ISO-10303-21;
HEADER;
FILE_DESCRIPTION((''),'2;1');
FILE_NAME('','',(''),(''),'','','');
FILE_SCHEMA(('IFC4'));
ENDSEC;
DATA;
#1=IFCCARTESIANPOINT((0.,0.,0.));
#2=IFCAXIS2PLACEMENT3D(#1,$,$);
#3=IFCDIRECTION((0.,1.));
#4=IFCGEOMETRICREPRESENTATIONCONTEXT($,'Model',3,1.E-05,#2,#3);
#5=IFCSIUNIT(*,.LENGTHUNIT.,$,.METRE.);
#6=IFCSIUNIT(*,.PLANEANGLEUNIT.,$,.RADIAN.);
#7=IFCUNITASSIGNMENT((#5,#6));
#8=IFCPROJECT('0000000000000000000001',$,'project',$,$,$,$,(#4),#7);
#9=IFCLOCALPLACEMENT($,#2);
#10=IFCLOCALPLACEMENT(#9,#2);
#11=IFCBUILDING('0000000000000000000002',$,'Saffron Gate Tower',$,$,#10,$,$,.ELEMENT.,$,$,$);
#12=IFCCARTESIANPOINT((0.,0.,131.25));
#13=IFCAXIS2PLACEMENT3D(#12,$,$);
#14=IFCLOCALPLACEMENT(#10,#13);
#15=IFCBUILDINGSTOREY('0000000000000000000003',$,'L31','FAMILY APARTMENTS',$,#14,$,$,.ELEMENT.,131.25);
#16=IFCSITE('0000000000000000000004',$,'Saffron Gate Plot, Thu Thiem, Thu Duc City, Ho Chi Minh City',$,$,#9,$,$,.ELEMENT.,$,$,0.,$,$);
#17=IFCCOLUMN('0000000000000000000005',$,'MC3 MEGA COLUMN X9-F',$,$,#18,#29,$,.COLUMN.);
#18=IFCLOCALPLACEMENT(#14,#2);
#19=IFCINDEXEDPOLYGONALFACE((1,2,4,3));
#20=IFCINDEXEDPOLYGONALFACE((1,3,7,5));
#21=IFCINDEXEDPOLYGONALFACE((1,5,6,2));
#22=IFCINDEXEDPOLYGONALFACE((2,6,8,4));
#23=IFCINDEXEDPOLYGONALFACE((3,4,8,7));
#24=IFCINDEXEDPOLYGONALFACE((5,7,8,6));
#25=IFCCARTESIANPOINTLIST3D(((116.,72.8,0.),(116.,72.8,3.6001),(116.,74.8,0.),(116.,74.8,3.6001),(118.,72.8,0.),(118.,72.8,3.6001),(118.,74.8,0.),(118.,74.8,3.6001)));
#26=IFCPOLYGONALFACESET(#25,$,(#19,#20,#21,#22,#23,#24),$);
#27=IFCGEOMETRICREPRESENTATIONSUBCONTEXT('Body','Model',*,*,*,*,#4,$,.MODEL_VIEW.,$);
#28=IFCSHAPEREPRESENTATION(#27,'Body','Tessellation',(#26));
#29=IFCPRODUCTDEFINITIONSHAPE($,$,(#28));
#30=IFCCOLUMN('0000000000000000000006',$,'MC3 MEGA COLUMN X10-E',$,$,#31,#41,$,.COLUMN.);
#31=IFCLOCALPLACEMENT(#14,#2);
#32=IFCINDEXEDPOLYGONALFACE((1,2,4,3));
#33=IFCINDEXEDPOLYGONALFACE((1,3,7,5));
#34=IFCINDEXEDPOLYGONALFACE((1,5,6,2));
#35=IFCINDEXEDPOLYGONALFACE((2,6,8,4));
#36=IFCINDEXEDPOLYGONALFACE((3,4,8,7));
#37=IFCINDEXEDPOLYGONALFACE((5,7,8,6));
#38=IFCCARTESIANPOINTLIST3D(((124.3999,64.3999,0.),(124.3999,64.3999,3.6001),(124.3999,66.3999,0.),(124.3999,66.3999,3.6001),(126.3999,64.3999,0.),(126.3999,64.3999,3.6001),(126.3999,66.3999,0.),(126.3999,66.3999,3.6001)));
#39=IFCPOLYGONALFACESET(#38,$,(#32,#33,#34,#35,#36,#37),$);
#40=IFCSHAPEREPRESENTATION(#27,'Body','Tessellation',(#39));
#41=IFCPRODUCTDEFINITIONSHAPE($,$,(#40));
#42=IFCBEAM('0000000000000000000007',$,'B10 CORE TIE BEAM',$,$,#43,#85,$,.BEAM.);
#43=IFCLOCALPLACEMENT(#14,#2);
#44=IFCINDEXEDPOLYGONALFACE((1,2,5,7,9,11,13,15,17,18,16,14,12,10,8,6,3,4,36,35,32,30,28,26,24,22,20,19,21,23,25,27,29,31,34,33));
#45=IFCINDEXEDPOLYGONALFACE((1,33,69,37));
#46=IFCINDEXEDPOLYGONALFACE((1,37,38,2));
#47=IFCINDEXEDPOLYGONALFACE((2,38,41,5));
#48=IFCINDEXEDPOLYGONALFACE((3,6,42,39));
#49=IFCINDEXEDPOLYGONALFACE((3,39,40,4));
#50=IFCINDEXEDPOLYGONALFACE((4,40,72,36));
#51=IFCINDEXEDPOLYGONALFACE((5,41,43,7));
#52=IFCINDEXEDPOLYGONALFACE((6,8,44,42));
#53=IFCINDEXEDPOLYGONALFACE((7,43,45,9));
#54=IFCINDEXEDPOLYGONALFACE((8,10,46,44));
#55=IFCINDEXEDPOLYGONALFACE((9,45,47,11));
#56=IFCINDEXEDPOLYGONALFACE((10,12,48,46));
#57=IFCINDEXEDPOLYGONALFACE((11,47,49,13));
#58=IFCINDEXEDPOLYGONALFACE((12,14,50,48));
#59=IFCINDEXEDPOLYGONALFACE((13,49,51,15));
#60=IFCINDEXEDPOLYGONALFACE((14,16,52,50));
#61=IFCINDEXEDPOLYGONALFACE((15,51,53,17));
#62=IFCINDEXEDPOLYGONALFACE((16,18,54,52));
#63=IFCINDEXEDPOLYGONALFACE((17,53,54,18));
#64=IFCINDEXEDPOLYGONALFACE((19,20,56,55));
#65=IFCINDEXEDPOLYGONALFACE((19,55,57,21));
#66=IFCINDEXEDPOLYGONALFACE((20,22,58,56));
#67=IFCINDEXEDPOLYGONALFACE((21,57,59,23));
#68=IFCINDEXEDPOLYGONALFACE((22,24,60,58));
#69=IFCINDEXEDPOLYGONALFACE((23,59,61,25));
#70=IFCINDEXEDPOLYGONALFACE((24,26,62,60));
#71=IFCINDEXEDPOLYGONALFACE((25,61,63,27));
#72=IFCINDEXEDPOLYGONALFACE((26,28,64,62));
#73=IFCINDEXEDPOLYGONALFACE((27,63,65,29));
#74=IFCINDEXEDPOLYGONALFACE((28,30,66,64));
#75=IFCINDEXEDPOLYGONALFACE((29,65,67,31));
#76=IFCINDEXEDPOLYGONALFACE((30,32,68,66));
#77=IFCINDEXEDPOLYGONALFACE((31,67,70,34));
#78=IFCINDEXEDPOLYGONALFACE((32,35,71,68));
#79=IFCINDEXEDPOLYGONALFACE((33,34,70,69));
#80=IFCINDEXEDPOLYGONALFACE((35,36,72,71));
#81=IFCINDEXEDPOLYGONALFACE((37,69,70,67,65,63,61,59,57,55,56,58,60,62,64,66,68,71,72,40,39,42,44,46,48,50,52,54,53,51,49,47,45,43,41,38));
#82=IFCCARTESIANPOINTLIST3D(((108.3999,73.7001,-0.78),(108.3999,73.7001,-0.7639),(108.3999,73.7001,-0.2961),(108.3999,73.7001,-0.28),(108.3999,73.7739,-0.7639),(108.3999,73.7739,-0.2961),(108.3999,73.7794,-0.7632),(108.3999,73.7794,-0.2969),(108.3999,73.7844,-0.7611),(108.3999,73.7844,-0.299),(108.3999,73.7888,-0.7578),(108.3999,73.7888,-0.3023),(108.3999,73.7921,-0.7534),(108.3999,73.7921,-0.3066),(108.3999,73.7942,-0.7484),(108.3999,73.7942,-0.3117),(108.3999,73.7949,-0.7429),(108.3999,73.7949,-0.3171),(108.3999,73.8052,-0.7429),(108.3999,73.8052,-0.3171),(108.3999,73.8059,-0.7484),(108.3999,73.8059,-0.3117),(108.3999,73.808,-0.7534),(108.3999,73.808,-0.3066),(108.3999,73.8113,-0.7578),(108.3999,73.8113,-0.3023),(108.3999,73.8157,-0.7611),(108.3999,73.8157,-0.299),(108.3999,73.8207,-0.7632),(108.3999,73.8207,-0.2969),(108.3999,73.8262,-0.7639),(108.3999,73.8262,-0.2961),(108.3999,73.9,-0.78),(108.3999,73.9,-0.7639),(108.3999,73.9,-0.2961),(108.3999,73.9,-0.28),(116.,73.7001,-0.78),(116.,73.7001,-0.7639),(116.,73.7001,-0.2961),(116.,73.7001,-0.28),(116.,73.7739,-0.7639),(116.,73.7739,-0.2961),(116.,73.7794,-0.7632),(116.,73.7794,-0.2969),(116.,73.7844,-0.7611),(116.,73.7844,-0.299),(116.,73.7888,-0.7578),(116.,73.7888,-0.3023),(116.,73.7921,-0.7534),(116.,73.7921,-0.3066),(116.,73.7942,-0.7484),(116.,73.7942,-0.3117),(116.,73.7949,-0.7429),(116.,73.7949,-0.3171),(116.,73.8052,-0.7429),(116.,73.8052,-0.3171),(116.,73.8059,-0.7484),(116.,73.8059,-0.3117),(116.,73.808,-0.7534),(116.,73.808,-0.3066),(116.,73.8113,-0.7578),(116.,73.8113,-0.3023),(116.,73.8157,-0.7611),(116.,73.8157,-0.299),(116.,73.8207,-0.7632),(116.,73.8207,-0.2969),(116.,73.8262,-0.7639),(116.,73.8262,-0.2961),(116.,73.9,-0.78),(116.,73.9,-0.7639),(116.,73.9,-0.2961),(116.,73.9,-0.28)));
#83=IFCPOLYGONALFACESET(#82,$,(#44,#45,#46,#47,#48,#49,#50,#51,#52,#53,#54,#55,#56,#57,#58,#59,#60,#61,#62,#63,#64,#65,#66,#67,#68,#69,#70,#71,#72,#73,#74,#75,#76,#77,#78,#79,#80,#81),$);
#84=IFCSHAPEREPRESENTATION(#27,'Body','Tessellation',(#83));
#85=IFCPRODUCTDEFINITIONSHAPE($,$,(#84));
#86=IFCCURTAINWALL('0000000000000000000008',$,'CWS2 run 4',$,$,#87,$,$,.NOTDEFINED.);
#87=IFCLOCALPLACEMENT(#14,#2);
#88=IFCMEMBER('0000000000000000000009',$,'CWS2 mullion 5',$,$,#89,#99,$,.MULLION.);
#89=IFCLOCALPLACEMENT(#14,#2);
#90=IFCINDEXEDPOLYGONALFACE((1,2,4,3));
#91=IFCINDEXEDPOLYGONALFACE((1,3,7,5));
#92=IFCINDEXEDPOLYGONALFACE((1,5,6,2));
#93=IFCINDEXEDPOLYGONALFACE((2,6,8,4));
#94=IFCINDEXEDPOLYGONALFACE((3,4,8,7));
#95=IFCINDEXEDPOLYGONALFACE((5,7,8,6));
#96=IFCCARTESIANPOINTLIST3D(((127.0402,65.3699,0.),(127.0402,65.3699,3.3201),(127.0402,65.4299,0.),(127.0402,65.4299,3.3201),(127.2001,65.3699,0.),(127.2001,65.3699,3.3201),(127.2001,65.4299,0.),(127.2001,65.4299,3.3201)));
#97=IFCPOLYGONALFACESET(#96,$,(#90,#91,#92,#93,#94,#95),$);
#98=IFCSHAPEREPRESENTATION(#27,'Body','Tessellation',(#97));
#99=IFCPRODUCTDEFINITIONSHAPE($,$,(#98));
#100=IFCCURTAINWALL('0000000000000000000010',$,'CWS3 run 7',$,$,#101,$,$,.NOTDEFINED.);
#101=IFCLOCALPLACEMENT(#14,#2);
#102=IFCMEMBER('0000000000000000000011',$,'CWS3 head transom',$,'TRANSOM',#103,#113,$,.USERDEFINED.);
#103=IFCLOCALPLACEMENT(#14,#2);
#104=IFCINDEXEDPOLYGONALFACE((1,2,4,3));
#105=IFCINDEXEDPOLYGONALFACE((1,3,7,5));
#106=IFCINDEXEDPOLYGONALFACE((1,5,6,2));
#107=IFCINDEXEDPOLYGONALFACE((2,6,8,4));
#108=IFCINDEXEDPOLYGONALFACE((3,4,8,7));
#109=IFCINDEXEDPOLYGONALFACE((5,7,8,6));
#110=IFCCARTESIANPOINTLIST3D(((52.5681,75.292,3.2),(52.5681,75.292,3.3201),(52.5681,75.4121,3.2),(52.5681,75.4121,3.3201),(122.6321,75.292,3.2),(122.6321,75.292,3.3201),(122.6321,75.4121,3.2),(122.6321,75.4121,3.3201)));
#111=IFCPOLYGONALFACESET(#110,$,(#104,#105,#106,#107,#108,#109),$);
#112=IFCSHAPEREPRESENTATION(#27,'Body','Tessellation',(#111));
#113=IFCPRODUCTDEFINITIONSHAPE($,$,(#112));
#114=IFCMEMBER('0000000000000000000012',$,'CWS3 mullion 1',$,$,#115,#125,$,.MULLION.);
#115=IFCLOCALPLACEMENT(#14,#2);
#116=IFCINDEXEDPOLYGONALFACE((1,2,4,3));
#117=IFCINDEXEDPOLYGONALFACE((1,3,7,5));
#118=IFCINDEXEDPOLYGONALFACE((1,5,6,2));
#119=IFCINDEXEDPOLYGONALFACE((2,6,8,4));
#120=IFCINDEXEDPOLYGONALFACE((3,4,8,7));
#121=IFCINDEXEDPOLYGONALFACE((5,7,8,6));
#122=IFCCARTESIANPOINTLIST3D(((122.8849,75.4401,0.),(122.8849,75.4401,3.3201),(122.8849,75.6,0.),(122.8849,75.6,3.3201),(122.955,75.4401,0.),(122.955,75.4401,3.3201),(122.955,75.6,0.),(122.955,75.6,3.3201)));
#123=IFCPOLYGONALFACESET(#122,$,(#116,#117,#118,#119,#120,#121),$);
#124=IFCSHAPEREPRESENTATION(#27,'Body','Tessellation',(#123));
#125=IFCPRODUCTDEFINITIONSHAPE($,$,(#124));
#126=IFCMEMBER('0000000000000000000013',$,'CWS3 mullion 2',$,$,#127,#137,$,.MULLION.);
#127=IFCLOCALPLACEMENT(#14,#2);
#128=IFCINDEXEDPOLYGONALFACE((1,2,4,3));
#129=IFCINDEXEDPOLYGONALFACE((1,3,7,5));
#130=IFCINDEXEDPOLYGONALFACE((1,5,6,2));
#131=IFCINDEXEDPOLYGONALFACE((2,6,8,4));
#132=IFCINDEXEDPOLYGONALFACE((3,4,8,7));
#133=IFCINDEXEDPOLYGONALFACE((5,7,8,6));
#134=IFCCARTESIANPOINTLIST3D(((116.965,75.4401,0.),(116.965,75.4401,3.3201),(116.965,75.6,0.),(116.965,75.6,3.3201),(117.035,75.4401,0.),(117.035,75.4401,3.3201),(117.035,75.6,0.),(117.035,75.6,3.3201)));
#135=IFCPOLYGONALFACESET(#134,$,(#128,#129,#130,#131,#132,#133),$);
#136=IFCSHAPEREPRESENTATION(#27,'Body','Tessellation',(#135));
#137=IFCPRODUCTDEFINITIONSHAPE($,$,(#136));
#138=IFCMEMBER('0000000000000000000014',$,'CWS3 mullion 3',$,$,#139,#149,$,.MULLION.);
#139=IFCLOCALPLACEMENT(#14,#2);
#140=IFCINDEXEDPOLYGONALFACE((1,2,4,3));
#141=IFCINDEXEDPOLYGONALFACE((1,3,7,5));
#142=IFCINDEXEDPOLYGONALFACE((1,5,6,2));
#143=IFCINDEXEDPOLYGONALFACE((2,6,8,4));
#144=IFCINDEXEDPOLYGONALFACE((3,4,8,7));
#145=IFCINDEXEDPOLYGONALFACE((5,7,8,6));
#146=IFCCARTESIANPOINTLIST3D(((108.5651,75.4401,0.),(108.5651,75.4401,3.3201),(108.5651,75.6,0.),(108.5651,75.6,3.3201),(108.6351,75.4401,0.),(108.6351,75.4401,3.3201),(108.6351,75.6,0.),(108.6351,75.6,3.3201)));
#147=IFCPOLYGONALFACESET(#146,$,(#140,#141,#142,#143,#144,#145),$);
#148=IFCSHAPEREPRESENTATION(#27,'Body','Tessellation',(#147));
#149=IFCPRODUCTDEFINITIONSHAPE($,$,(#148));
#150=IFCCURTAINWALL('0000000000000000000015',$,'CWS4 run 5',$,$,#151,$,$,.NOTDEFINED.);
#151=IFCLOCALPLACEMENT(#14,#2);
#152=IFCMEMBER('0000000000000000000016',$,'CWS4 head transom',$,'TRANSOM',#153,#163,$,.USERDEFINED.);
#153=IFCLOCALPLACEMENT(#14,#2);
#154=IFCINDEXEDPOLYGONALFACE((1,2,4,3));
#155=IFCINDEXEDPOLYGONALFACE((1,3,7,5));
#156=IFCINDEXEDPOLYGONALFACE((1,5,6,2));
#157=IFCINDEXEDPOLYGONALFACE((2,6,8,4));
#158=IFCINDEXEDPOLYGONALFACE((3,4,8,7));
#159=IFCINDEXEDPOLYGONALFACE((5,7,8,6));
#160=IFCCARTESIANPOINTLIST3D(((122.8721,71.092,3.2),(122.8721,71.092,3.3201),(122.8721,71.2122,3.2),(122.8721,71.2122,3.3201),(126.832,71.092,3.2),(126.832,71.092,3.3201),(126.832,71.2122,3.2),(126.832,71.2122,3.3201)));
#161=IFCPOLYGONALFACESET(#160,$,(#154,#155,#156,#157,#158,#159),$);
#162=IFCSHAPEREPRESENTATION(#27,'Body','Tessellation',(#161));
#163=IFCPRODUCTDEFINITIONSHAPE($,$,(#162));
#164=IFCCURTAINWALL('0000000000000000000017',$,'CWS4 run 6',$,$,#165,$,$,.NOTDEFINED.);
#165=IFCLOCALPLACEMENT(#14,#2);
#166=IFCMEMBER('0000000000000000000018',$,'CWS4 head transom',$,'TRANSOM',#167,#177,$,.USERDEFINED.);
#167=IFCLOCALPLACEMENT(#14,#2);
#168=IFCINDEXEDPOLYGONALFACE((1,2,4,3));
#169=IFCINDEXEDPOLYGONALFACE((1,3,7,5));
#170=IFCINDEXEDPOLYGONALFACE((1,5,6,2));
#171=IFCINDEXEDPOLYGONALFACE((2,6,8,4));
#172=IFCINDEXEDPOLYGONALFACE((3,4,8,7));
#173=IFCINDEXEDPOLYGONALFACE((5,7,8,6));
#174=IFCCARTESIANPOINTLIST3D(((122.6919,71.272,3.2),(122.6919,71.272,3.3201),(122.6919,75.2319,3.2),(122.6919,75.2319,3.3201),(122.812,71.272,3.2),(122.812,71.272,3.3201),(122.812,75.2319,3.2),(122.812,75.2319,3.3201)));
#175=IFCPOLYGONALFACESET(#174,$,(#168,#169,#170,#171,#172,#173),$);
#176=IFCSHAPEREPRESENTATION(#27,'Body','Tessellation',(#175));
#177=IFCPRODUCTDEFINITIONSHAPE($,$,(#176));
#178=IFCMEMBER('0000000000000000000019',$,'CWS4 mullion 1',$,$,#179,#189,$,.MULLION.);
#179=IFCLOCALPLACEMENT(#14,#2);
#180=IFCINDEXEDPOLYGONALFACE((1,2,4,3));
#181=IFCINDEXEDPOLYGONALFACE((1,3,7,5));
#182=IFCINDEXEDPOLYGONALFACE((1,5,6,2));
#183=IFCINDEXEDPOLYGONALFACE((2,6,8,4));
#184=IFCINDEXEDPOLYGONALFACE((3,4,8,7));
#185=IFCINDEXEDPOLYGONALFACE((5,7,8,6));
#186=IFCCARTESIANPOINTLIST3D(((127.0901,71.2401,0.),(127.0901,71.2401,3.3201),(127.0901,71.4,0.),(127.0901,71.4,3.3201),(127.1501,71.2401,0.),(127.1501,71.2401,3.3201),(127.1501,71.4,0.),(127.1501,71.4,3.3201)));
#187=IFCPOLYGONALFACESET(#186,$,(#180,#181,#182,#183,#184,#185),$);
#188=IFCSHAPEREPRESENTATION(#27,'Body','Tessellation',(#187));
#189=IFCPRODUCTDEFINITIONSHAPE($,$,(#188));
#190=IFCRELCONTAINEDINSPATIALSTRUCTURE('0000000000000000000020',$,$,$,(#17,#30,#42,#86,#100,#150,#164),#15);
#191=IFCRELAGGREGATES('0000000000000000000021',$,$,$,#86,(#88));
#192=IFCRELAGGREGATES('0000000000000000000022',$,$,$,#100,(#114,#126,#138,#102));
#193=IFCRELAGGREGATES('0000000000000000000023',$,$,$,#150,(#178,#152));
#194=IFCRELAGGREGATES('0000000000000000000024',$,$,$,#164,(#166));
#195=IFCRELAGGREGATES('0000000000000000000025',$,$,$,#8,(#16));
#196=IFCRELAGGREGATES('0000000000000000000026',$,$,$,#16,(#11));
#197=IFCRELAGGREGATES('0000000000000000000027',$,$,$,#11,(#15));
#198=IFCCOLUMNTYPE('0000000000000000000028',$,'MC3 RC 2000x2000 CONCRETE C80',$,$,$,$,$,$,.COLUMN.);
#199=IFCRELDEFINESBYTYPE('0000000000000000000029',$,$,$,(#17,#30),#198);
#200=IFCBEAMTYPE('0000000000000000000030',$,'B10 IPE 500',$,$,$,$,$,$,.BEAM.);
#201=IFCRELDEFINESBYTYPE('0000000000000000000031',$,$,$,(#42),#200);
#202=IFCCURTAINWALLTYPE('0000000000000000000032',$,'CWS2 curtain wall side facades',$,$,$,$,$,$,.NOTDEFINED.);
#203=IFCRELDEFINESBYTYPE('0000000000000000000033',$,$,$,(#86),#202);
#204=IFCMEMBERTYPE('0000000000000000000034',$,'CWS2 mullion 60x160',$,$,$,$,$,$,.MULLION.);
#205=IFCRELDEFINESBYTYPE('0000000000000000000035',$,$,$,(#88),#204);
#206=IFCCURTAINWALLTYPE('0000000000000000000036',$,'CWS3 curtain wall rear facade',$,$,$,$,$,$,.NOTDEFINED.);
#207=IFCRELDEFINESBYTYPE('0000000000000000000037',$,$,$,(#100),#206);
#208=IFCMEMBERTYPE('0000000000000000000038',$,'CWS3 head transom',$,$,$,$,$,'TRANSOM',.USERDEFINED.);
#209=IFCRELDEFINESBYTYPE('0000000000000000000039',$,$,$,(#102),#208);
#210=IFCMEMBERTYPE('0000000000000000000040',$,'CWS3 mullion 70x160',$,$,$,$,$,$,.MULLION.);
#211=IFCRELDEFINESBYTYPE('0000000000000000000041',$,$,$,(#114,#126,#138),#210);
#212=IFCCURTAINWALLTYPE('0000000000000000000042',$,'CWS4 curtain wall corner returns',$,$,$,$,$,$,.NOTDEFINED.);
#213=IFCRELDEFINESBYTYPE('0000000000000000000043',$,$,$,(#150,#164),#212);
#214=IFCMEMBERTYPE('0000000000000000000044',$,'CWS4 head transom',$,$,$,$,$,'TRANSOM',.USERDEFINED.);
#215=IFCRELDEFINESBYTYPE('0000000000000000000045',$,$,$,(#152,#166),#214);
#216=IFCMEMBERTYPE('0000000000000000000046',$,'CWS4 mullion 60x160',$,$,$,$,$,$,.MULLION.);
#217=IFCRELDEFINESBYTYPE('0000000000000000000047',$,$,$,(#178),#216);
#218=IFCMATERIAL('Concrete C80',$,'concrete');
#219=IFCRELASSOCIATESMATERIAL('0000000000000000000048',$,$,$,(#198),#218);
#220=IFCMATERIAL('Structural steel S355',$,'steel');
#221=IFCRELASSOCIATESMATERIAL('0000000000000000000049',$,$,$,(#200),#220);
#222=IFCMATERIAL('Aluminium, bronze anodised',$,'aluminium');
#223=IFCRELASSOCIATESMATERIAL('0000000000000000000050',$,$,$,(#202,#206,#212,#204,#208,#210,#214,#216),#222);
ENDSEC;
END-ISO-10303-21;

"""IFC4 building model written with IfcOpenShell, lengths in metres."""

from ifc_helpers import new_model, si_unit, direction, frame, origin, origin_2d, place, context, subcontext, project, spatial, rectangle, i_section, extrude, material, material_profile, profile_set, type_object, element, aggregate, save


model = new_model("IFC4")

# Units and contexts
model_context = context("Model", 3, precision=1e-05, world=origin(), true_north=direction((0.0, 1.0)))
body_context = subcontext(model_context, "Body", "Model", "MODEL_VIEW")
ifc_project = project(units=[si_unit("LENGTHUNIT", "METRE"), si_unit("PLANEANGLEUNIT", "RADIAN")], contexts=[model_context])

# Site, building, storey
site_placement = place(None, origin())
site = spatial("IfcSite", under=ifc_project, at=site_placement, Name="Saffron Gate Plot, Thu Thiem, Thu Duc City, Ho Chi Minh City", CompositionType="ELEMENT", RefElevation=0.0)
building_placement = place(site_placement, origin())
building = spatial("IfcBuilding", under=site, at=building_placement, Name="Saffron Gate Tower", CompositionType="ELEMENT")
storey_placement = place(building_placement, frame((0.0, 0.0, 131.25)))
storey = spatial("IfcBuildingStorey", under=building, at=storey_placement, Name="L31", Description="FAMILY APARTMENTS", CompositionType="ELEMENT", Elevation=131.25)

# Columns
ifc_material_1 = material(Name="Concrete C80", Category="concrete")
ifc_material_profile_1 = material_profile(ifc_material_1, rectangle(XDim=2.0, YDim=2.0, at=origin_2d()))
ifc_profile_set_1 = profile_set([ifc_material_profile_1], Name="Concrete C80")
column_type = type_object("IfcColumnType", Name="MC3 RC 2000x2000 CONCRETE C80", PredefinedType="COLUMN", material=ifc_profile_set_1)
for number, where, z_axis, x_axis, name in (
    (1, (117.0, 73.8, 0.0), (0.0, 0.0, 1.0), (1.0, 0.0, 0.0), "MC3 MEGA COLUMN X9-F"),
    (2, (125.3999, 65.3999, 0.0), (0.0, 0.0, 1.0), (1.0, 0.0, 0.0), "MC3 MEGA COLUMN X10-E"),
):
    element("IfcColumn", number, at=place(storey_placement, frame(where, z_axis=z_axis, x_axis=x_axis)), inside=storey, type_object=column_type, Name=name, PredefinedType="COLUMN", context=body_context, shape_type="SweptSolid", body=[
        extrude(rectangle(XDim=2.0, YDim=2.0, at=origin_2d()), origin(), (0.0, 0.0, 1.0), 3.6001),
    ])

# Beam
ifc_material_2 = material(Name="Structural steel S355", Category="steel")
ifc_material_profile_2 = material_profile(ifc_material_2, i_section(OverallWidth=0.2, OverallDepth=0.5, WebThickness=0.0103, FlangeThickness=0.0161, FilletRadius=0.021, at=origin_2d()))
ifc_profile_set_2 = profile_set([ifc_material_profile_2], Name="Structural steel S355")
beam_type = type_object("IfcBeamType", Name="B10 IPE 500", PredefinedType="BEAM", material=ifc_profile_set_2)
beam_placement = place(storey_placement, frame((116.0, 73.8, -0.53), z_axis=(-1.0, 0.0, 0.0), x_axis=(0.0, -1.0, 0.0)))
element("IfcBeam", 3, at=beam_placement, inside=storey, type_object=beam_type, Name="B10 CORE TIE BEAM", PredefinedType="BEAM", context=body_context, shape_type="SweptSolid", body=[
    extrude(i_section(OverallWidth=0.2, OverallDepth=0.5, WebThickness=0.0103, FlangeThickness=0.0161, FilletRadius=0.021, at=origin_2d()), origin(), (0.0, 0.0, 1.0), 7.6001),
])

# Curtain wall, member
ifc_material_3 = material(Name="Aluminium, bronze anodised", Category="aluminium")
curtain_wall_type_1 = type_object("IfcCurtainWallType", Name="CWS2 curtain wall side facades", PredefinedType="NOTDEFINED", material=ifc_material_3)
curtain_wall_1_placement = place(storey_placement, origin())
curtain_wall_1 = element("IfcCurtainWall", 4, at=curtain_wall_1_placement, inside=storey, type_object=curtain_wall_type_1, Name="CWS2 run 4", PredefinedType="NOTDEFINED")
ifc_material_profile_3 = material_profile(ifc_material_3, rectangle(XDim=0.1599, YDim=0.0601, at=origin_2d()))
ifc_profile_set_3 = profile_set([ifc_material_profile_3], Name="Aluminium, bronze anodised")
member_type_1 = type_object("IfcMemberType", Name="CWS2 mullion 60x160", PredefinedType="MULLION", material=ifc_profile_set_3)
member_1_placement = place(storey_placement, frame((127.1201, 65.3999, 0.0), z_axis=(0.0, 0.0, 1.0), x_axis=(-1.0, 0.0, 0.0)))
member_1 = element("IfcMember", 5, at=member_1_placement, type_object=member_type_1, Name="CWS2 mullion 5", PredefinedType="MULLION", context=body_context, shape_type="SweptSolid", body=[
    extrude(rectangle(XDim=0.1599, YDim=0.0601, at=origin_2d()), origin(), (0.0, 0.0, 1.0), 3.3201),
])
aggregate(curtain_wall_1, [member_1])

# Curtain wall, members
curtain_wall_type_2 = type_object("IfcCurtainWallType", Name="CWS3 curtain wall rear facade", PredefinedType="NOTDEFINED", material=ifc_material_3)
curtain_wall_2_placement = place(storey_placement, origin())
curtain_wall_2 = element("IfcCurtainWall", 6, at=curtain_wall_2_placement, inside=storey, type_object=curtain_wall_type_2, Name="CWS3 run 7", PredefinedType="NOTDEFINED")
ifc_material_profile_4 = material_profile(ifc_material_3, rectangle(XDim=0.1201, YDim=0.1201, at=origin_2d()))
ifc_profile_set_4 = profile_set([ifc_material_profile_4], Name="Aluminium, bronze anodised")
member_type_2 = type_object("IfcMemberType", Name="CWS3 head transom", ElementType="TRANSOM", PredefinedType="USERDEFINED", material=ifc_profile_set_4)
member_2_placement = place(storey_placement, frame((122.6321, 75.3521, 3.26), z_axis=(-1.0, 0.0, 0.0), x_axis=(0.0, -1.0, 0.0)))
member_2 = element("IfcMember", 7, at=member_2_placement, type_object=member_type_2, Name="CWS3 head transom", ObjectType="TRANSOM", PredefinedType="USERDEFINED", context=body_context, shape_type="SweptSolid", body=[
    extrude(rectangle(XDim=0.1201, YDim=0.1201, at=origin_2d()), origin(), (0.0, 0.0, 1.0), 70.064),
])
ifc_material_profile_5 = material_profile(ifc_material_3, rectangle(XDim=0.1599, YDim=0.0701, at=origin_2d()))
ifc_profile_set_5 = profile_set([ifc_material_profile_5], Name="Aluminium, bronze anodised")
member_type_3 = type_object("IfcMemberType", Name="CWS3 mullion 70x160", PredefinedType="MULLION", material=ifc_profile_set_5)
member_3_placement = place(storey_placement, frame((122.9199, 75.52, 0.0), z_axis=(0.0, 0.0, 1.0), x_axis=(0.0, -1.0, 0.0)))
member_3 = element("IfcMember", 8, at=member_3_placement, type_object=member_type_3, Name="CWS3 mullion 1", PredefinedType="MULLION", context=body_context, shape_type="SweptSolid", body=[
    extrude(rectangle(XDim=0.1599, YDim=0.0701, at=origin_2d()), origin(), (0.0, 0.0, 1.0), 3.3201),
])
member_4_placement = place(storey_placement, frame((117.0, 75.52, 0.0), z_axis=(0.0, 0.0, 1.0), x_axis=(0.0, -1.0, 0.0)))
member_4 = element("IfcMember", 9, at=member_4_placement, type_object=member_type_3, Name="CWS3 mullion 2", PredefinedType="MULLION", context=body_context, shape_type="SweptSolid", body=[
    extrude(rectangle(XDim=0.1599, YDim=0.0701, at=origin_2d()), origin(), (0.0, 0.0, 1.0), 3.3201),
])
member_5_placement = place(storey_placement, frame((108.6001, 75.52, 0.0), z_axis=(0.0, 0.0, 1.0), x_axis=(0.0, -1.0, 0.0)))
member_5 = element("IfcMember", 10, at=member_5_placement, type_object=member_type_3, Name="CWS3 mullion 3", PredefinedType="MULLION", context=body_context, shape_type="SweptSolid", body=[
    extrude(rectangle(XDim=0.1599, YDim=0.0701, at=origin_2d()), origin(), (0.0, 0.0, 1.0), 3.3201),
])

# Curtain walls, members
curtain_wall_type_3 = type_object("IfcCurtainWallType", Name="CWS4 curtain wall corner returns", PredefinedType="NOTDEFINED", material=ifc_material_3)
curtain_wall_3_placement = place(storey_placement, origin())
curtain_wall_3 = element("IfcCurtainWall", 11, at=curtain_wall_3_placement, inside=storey, type_object=curtain_wall_type_3, Name="CWS4 run 5", PredefinedType="NOTDEFINED")
ifc_material_profile_6 = material_profile(ifc_material_3, rectangle(XDim=0.1201, YDim=0.1201, at=origin_2d()))
ifc_profile_set_6 = profile_set([ifc_material_profile_6], Name="Aluminium, bronze anodised")
member_type_4 = type_object("IfcMemberType", Name="CWS4 head transom", ElementType="TRANSOM", PredefinedType="USERDEFINED", material=ifc_profile_set_6)
member_6_placement = place(storey_placement, frame((126.832, 71.1521, 3.26), z_axis=(-1.0, 0.0, 0.0), x_axis=(0.0, -1.0, 0.0)))
member_6 = element("IfcMember", 12, at=member_6_placement, type_object=member_type_4, Name="CWS4 head transom", ObjectType="TRANSOM", PredefinedType="USERDEFINED", context=body_context, shape_type="SweptSolid", body=[
    extrude(rectangle(XDim=0.1201, YDim=0.1201, at=origin_2d()), origin(), (0.0, 0.0, 1.0), 3.96),
])
curtain_wall_4_placement = place(storey_placement, origin())
curtain_wall_4 = element("IfcCurtainWall", 13, at=curtain_wall_4_placement, inside=storey, type_object=curtain_wall_type_3, Name="CWS4 run 6", PredefinedType="NOTDEFINED")
member_7_placement = place(storey_placement, frame((122.752, 71.272, 3.26), z_axis=(0.0, 1.0, 0.0), x_axis=(-1.0, 0.0, 0.0)))
member_7 = element("IfcMember", 14, at=member_7_placement, type_object=member_type_4, Name="CWS4 head transom", ObjectType="TRANSOM", PredefinedType="USERDEFINED", context=body_context, shape_type="SweptSolid", body=[
    extrude(rectangle(XDim=0.1201, YDim=0.1201, at=origin_2d()), origin(), (0.0, 0.0, 1.0), 3.96),
])

# Member
ifc_material_profile_7 = material_profile(ifc_material_3, rectangle(XDim=0.1599, YDim=0.0601, at=origin_2d()))
ifc_profile_set_7 = profile_set([ifc_material_profile_7], Name="Aluminium, bronze anodised")
member_type_5 = type_object("IfcMemberType", Name="CWS4 mullion 60x160", PredefinedType="MULLION", material=ifc_profile_set_7)
member_8_placement = place(storey_placement, frame((127.1201, 71.3201, 0.0), z_axis=(0.0, 0.0, 1.0), x_axis=(0.0, -1.0, 0.0)))
member_8 = element("IfcMember", 15, at=member_8_placement, type_object=member_type_5, Name="CWS4 mullion 1", PredefinedType="MULLION", context=body_context, shape_type="SweptSolid", body=[
    extrude(rectangle(XDim=0.1599, YDim=0.0601, at=origin_2d()), origin(), (0.0, 0.0, 1.0), 3.3201),
])

aggregate(curtain_wall_2, [member_3, member_4, member_5, member_2])

aggregate(curtain_wall_3, [member_8, member_6])
aggregate(curtain_wall_4, [member_7])

save(model, "model.ifc")
